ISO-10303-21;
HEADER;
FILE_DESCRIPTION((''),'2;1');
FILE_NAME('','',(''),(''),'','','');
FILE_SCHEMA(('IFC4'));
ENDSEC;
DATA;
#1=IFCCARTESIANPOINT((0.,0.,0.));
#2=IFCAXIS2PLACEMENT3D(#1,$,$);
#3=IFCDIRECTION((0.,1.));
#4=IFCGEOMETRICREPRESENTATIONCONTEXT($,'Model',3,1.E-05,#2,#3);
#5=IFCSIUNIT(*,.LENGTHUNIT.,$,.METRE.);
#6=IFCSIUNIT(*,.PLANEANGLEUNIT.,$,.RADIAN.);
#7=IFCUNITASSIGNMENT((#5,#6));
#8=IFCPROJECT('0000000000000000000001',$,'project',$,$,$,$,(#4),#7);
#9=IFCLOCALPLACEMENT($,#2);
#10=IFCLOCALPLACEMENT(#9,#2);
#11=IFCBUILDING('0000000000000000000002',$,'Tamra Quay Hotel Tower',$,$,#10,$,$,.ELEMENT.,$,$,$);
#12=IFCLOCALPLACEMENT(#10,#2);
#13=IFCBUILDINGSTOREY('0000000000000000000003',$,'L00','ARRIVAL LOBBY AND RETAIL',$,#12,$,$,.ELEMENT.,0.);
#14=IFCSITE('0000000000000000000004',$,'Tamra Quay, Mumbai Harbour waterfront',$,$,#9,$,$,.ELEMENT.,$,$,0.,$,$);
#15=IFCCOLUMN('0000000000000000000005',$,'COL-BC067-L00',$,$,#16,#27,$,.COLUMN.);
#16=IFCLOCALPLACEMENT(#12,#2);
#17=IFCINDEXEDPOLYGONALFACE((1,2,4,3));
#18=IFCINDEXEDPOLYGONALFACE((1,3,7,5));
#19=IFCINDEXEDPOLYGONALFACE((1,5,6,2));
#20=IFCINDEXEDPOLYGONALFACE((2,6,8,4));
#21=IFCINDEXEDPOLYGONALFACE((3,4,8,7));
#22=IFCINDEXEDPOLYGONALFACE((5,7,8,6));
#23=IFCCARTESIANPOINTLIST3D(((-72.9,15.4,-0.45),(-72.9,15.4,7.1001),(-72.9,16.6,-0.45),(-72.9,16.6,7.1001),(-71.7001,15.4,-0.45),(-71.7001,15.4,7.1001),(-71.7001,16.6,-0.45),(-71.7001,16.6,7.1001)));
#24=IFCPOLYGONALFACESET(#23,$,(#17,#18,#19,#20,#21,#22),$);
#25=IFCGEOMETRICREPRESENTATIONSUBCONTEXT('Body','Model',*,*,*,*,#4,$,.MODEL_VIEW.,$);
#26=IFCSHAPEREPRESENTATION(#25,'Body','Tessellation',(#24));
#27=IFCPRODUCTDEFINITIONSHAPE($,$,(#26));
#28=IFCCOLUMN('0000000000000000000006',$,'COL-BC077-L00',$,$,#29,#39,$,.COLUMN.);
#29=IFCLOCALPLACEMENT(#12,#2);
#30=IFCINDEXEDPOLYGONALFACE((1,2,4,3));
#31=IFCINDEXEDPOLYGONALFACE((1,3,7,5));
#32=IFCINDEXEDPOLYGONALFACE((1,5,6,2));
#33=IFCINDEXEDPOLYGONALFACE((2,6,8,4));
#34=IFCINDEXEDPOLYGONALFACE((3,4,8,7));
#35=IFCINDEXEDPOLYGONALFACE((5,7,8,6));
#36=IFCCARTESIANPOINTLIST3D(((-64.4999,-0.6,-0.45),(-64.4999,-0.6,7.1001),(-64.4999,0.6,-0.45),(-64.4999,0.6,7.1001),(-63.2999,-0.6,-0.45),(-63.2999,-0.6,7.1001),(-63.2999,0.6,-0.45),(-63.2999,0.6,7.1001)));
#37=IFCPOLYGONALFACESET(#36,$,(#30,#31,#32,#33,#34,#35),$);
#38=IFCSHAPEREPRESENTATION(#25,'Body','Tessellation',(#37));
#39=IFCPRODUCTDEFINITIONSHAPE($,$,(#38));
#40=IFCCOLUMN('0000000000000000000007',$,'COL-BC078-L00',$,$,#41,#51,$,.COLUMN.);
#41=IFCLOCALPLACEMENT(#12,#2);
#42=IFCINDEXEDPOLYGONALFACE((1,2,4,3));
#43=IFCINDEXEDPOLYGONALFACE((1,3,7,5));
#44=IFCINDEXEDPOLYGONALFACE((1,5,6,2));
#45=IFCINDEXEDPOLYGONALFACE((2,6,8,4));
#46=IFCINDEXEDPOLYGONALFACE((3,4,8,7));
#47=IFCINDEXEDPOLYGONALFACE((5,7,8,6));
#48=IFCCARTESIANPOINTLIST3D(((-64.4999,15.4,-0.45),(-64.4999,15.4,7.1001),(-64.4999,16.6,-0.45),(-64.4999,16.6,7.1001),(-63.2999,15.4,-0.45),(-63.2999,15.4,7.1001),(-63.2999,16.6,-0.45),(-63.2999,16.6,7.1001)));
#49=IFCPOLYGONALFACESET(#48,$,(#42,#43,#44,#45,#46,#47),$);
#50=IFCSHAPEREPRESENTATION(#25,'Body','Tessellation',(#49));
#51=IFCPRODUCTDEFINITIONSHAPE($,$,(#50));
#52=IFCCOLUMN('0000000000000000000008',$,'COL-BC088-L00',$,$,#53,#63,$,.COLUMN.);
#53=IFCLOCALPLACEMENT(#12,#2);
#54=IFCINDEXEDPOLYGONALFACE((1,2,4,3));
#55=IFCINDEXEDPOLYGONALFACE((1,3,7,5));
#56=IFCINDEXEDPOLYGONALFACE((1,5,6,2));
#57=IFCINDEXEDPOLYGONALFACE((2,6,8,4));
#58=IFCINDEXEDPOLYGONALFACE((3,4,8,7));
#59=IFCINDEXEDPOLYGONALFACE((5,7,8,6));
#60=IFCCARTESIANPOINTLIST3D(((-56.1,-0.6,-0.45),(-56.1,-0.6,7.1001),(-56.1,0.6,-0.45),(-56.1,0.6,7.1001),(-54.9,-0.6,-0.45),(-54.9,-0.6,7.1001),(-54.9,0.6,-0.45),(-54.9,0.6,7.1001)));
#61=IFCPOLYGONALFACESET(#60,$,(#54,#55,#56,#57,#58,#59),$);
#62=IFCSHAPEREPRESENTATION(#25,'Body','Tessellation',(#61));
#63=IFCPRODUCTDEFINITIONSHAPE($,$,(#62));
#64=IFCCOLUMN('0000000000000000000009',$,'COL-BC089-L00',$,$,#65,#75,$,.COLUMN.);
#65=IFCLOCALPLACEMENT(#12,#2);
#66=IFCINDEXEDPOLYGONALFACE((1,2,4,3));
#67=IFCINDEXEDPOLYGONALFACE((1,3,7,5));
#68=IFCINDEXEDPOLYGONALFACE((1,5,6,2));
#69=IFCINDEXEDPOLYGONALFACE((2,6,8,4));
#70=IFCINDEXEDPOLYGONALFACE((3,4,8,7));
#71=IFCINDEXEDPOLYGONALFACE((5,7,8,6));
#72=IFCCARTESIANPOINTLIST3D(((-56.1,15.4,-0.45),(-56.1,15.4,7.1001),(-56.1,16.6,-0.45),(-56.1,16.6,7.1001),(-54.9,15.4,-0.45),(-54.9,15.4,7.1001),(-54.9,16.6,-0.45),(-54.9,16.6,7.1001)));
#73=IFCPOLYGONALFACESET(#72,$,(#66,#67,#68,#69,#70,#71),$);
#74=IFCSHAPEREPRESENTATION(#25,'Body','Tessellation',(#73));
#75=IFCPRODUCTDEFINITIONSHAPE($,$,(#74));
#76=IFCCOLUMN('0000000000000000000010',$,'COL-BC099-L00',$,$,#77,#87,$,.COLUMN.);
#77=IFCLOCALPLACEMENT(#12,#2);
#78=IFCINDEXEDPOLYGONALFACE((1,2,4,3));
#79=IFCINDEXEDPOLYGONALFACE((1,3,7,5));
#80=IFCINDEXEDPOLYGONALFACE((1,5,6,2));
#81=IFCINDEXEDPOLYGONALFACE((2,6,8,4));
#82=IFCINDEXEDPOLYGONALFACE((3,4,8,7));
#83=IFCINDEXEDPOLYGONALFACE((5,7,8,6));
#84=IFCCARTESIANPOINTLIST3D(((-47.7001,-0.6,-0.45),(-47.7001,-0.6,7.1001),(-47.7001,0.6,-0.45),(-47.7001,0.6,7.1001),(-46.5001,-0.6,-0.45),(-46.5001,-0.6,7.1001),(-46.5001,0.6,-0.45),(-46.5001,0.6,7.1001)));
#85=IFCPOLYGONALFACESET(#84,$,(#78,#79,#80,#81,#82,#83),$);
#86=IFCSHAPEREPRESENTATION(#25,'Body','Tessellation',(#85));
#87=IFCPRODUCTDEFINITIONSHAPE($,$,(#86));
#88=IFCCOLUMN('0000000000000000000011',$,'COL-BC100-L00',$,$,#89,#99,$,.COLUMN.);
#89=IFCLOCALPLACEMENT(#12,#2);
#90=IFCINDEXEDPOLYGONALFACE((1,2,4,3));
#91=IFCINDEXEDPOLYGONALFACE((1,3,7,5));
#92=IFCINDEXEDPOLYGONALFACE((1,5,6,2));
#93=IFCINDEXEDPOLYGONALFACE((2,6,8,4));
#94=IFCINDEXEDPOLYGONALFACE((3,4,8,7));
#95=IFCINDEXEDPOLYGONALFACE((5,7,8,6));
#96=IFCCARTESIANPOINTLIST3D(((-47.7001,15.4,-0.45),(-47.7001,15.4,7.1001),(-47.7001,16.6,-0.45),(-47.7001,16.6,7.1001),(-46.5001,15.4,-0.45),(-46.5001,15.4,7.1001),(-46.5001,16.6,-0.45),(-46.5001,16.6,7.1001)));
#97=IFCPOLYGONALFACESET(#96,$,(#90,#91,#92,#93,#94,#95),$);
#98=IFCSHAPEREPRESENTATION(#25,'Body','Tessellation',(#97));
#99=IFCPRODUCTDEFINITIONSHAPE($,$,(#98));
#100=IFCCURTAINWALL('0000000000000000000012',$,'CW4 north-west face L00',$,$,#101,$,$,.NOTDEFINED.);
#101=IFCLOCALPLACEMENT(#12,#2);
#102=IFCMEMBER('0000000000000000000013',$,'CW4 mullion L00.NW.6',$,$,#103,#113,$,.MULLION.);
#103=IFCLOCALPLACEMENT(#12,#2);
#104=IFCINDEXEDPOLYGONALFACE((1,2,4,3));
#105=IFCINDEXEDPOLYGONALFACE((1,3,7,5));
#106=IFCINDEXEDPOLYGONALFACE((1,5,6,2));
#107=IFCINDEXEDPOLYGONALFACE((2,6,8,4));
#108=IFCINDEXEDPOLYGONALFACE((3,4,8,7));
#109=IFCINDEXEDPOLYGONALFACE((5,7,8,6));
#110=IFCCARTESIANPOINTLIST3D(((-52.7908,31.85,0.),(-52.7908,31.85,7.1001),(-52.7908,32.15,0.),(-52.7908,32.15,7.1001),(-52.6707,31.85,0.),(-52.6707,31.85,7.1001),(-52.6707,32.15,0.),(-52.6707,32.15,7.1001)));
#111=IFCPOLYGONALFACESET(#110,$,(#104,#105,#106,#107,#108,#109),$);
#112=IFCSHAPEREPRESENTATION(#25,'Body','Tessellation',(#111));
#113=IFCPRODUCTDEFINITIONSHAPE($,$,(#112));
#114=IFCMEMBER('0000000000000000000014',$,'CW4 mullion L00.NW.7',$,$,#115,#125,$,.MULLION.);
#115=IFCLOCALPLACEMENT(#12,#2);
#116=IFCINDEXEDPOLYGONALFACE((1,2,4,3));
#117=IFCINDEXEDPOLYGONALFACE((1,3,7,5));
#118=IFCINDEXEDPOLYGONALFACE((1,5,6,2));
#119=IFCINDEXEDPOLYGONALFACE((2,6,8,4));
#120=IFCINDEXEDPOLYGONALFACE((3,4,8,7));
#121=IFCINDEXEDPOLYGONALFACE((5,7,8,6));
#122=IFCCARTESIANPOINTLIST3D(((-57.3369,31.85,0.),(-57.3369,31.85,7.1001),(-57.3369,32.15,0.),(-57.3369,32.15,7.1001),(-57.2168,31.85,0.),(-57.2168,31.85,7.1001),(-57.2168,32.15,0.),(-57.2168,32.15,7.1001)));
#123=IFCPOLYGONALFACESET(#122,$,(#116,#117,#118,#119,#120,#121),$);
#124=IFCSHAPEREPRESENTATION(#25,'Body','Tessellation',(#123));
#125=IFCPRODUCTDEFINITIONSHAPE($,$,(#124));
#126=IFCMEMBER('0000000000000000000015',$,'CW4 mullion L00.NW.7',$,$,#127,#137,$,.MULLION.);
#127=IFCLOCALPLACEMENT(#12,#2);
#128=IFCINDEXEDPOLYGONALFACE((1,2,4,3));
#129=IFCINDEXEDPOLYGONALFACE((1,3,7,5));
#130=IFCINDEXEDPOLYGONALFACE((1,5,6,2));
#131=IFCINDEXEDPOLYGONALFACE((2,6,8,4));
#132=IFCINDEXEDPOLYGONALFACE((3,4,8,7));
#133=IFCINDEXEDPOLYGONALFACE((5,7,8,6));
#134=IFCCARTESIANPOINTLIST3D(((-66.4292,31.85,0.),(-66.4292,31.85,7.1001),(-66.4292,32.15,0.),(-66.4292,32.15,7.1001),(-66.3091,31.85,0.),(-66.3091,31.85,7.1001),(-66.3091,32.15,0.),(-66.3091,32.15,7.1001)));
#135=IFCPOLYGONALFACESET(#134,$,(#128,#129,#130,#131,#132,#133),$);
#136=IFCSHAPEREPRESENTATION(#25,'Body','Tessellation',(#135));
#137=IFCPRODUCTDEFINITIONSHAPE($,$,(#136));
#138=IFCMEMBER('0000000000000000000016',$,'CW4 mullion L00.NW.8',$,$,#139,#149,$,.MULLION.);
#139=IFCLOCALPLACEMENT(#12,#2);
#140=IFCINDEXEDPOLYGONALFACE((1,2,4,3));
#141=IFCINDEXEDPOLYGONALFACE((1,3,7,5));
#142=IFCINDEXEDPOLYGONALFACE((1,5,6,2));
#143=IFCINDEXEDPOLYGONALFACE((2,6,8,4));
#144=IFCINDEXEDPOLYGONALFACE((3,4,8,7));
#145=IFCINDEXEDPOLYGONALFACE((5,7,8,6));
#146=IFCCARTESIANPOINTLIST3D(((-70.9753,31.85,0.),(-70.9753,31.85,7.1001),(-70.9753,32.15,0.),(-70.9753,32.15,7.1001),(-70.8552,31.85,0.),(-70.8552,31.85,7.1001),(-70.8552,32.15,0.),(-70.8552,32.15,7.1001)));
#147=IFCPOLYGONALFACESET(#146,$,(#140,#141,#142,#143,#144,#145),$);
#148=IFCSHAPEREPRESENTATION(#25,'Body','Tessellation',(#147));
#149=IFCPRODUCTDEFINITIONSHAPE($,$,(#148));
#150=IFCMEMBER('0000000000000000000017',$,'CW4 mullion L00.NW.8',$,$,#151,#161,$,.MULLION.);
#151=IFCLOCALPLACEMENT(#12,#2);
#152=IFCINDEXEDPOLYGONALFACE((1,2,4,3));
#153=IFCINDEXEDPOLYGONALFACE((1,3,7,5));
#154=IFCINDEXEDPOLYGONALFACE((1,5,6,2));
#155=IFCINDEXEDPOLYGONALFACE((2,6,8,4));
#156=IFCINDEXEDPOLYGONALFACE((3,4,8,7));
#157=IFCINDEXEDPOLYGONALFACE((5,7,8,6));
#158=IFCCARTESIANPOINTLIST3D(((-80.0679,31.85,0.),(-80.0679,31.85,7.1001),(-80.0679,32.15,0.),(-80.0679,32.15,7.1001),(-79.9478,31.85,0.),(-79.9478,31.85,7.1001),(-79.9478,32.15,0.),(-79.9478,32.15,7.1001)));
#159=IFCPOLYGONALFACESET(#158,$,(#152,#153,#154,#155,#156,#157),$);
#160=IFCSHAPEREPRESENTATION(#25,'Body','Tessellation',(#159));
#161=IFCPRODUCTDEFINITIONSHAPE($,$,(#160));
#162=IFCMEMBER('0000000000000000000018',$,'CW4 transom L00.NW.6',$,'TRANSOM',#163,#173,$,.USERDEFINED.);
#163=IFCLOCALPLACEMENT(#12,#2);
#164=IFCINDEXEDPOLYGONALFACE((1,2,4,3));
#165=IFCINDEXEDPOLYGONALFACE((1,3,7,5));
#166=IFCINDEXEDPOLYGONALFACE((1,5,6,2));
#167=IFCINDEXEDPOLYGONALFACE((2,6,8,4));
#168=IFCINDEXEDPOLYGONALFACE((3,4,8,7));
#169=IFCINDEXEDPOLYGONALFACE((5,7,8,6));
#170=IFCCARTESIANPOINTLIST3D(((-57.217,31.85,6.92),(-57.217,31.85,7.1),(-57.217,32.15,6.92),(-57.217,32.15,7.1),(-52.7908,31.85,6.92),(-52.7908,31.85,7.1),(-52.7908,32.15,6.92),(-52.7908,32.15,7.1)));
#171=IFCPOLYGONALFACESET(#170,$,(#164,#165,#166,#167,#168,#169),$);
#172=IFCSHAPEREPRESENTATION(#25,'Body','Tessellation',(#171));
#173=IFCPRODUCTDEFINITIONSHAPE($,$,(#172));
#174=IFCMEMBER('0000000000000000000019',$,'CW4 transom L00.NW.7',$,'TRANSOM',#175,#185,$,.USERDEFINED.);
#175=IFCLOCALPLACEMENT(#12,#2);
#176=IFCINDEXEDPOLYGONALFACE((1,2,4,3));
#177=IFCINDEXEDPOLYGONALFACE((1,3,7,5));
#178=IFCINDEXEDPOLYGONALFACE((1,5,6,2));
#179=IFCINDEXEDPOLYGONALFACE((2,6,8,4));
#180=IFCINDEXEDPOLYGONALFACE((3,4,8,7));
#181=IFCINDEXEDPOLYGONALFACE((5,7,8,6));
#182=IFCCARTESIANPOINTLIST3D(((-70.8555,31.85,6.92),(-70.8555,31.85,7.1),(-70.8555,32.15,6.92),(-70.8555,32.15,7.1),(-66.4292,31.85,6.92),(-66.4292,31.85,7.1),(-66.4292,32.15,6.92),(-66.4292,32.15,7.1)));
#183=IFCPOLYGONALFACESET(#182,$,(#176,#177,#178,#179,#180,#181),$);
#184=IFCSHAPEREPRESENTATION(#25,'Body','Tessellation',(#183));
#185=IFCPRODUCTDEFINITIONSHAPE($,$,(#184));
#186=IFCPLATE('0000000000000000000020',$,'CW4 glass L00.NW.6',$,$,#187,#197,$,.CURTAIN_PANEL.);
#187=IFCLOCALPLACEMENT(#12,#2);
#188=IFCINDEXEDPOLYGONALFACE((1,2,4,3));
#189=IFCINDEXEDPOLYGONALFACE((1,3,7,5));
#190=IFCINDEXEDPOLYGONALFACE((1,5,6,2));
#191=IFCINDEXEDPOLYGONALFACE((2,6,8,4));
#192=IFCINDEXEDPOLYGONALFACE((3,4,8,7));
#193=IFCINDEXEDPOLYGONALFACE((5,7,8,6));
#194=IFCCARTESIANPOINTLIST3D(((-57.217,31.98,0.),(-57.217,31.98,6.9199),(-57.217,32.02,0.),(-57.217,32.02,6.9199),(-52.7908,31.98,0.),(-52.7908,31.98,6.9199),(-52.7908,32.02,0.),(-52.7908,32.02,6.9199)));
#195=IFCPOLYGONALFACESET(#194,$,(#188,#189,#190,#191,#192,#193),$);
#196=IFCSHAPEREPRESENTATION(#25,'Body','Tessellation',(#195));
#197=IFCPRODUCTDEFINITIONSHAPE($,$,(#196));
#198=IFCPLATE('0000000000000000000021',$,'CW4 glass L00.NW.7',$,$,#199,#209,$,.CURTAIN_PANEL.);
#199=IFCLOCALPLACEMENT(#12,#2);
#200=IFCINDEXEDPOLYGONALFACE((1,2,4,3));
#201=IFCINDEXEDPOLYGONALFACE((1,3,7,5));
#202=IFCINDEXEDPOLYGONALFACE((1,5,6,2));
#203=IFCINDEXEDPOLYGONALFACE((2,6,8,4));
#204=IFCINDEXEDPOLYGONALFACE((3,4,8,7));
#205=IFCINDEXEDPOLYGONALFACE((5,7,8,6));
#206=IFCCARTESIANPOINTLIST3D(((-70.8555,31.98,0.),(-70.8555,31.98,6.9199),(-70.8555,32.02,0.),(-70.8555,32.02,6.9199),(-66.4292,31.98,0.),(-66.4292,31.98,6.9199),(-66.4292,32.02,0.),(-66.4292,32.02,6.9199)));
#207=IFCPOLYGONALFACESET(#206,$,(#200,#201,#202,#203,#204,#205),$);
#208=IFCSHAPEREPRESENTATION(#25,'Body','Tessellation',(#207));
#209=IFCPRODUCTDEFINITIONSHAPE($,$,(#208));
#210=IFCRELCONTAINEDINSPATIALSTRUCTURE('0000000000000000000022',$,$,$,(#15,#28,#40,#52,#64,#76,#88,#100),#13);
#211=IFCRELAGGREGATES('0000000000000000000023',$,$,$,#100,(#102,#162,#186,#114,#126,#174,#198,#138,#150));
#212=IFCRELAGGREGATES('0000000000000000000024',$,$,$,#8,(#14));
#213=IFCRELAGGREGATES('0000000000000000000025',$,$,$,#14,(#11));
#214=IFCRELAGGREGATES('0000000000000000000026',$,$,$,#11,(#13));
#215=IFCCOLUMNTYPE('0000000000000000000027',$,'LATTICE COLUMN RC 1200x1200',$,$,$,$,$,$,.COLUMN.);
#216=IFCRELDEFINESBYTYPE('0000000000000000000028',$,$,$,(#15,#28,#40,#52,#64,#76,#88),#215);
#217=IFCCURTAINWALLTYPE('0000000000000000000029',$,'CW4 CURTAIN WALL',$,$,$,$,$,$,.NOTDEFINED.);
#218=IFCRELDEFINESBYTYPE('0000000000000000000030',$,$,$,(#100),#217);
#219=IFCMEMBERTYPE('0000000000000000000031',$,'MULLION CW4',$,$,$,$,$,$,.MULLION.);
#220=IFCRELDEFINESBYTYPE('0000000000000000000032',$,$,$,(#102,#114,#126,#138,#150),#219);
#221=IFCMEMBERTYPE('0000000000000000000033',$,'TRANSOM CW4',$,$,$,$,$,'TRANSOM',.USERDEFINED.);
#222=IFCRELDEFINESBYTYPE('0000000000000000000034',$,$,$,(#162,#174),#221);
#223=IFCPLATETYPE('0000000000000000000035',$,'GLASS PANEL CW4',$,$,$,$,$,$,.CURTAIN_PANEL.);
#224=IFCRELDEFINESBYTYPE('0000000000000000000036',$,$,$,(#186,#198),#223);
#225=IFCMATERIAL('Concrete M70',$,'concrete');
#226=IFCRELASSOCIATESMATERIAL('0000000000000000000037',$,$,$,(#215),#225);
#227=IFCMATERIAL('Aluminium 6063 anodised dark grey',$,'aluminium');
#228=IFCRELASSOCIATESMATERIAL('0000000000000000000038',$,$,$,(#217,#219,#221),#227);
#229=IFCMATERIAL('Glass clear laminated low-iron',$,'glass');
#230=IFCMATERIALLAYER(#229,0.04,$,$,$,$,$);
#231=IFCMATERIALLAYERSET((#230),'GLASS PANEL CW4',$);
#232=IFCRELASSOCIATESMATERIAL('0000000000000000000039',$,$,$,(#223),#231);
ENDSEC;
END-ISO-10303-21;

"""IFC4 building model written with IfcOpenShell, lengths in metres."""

from ifc_helpers import new_model, si_unit, direction, frame, origin, origin_2d, place, context, subcontext, project, spatial, rectangle, extrude, material, layer, layer_set, material_profile, profile_set, type_object, element, aggregate, save


model = new_model("IFC4")

# Units and contexts
model_context = context("Model", 3, precision=1e-05, world=origin(), true_north=direction((0.0, 1.0)))
body_context = subcontext(model_context, "Body", "Model", "MODEL_VIEW")
ifc_project = project(units=[si_unit("LENGTHUNIT", "METRE"), si_unit("PLANEANGLEUNIT", "RADIAN")], contexts=[model_context])

# Site, building, storey
site_placement = place(None, origin())
site = spatial("IfcSite", under=ifc_project, at=site_placement, Name="Tamra Quay, Mumbai Harbour waterfront", CompositionType="ELEMENT", RefElevation=0.0)
building_placement = place(site_placement, origin())
building = spatial("IfcBuilding", under=site, at=building_placement, Name="Tamra Quay Hotel Tower", CompositionType="ELEMENT")
storey_placement = place(building_placement, origin())
storey = spatial("IfcBuildingStorey", under=building, at=storey_placement, Name="L00", Description="ARRIVAL LOBBY AND RETAIL", CompositionType="ELEMENT", Elevation=0.0)

# Columns
ifc_material_1 = material(Name="Concrete M70", Category="concrete")
ifc_material_profile_1 = material_profile(ifc_material_1, rectangle(XDim=1.2, YDim=1.2, at=origin_2d()), Name="LATTICE COLUMN RC 1200x1200")
ifc_profile_set_1 = profile_set([ifc_material_profile_1], Name="Concrete M70")
column_type = type_object("IfcColumnType", Name="LATTICE COLUMN RC 1200x1200", PredefinedType="COLUMN", material=ifc_profile_set_1)
for number, where, z_axis, x_axis, name in (
    (1, (-72.3, 16.0, -0.45), (0.0, 0.0, 1.0), (1.0, 0.0, 0.0), "COL-BC067-L00"),
    (2, (-63.8999, 0.0, -0.45), (0.0, 0.0, 1.0), (1.0, 0.0, 0.0), "COL-BC077-L00"),
    (3, (-63.8999, 16.0, -0.45), (0.0, 0.0, 1.0), (1.0, 0.0, 0.0), "COL-BC078-L00"),
    (4, (-55.5, 0.0, -0.45), (0.0, 0.0, 1.0), (1.0, 0.0, 0.0), "COL-BC088-L00"),
    (5, (-55.5, 16.0, -0.45), (0.0, 0.0, 1.0), (1.0, 0.0, 0.0), "COL-BC089-L00"),
    (6, (-47.1001, 0.0, -0.45), (0.0, 0.0, 1.0), (1.0, 0.0, 0.0), "COL-BC099-L00"),
    (7, (-47.1001, 16.0, -0.45), (0.0, 0.0, 1.0), (1.0, 0.0, 0.0), "COL-BC100-L00"),
):
    element("IfcColumn", number, at=place(storey_placement, frame(where, z_axis=z_axis, x_axis=x_axis)), inside=storey, type_object=column_type, Name=name, PredefinedType="COLUMN", context=body_context, shape_type="SweptSolid", body=[
        extrude(rectangle(XDim=1.2, YDim=1.2, at=origin_2d()), origin(), (0.0, 0.0, 1.0), 7.55),
    ])

# Curtain wall, members, plates
ifc_material_2 = material(Name="Aluminium 6063 anodised dark grey", Category="aluminium")
curtain_wall_type = type_object("IfcCurtainWallType", Name="CW4 CURTAIN WALL", PredefinedType="NOTDEFINED", material=ifc_material_2)
curtain_wall_placement = place(storey_placement, origin())
curtain_wall = element("IfcCurtainWall", 8, at=curtain_wall_placement, inside=storey, type_object=curtain_wall_type, Name="CW4 north-west face L00", PredefinedType="NOTDEFINED")
ifc_material_profile_2 = material_profile(ifc_material_2, rectangle(XDim=0.3, YDim=0.1201, at=origin_2d()), Name="MULLION 120X300")
ifc_profile_set_2 = profile_set([ifc_material_profile_2], Name="Aluminium 6063 anodised dark grey")
member_type_1 = type_object("IfcMemberType", Name="MULLION CW4", PredefinedType="MULLION", material=ifc_profile_set_2)
member_1_placement = place(storey_placement, frame((-52.7307, 32.0, 0.0), z_axis=(0.0, 0.0, 1.0), x_axis=(0.0, 1.0, 0.0)))
member_1 = element("IfcMember", 9, at=member_1_placement, type_object=member_type_1, Name="CW4 mullion L00.NW.6", PredefinedType="MULLION", context=body_context, shape_type="SweptSolid", body=[
    extrude(rectangle(XDim=0.3, YDim=0.1201, at=origin_2d()), origin(), (0.0, 0.0, 1.0), 7.1001),
])
member_2_placement = place(storey_placement, frame((-57.2769, 32.0, 0.0), z_axis=(0.0, 0.0, 1.0), x_axis=(0.0, 1.0, 0.0)))
member_2 = element("IfcMember", 10, at=member_2_placement, type_object=member_type_1, Name="CW4 mullion L00.NW.7", PredefinedType="MULLION", context=body_context, shape_type="SweptSolid", body=[
    extrude(rectangle(XDim=0.3, YDim=0.1201, at=origin_2d()), origin(), (0.0, 0.0, 1.0), 7.1001),
])
member_3_placement = place(storey_placement, frame((-66.3691, 32.0, 0.0), z_axis=(0.0, 0.0, 1.0), x_axis=(0.0, 1.0, 0.0)))
member_3 = element("IfcMember", 11, at=member_3_placement, type_object=member_type_1, Name="CW4 mullion L00.NW.7", PredefinedType="MULLION", context=body_context, shape_type="SweptSolid", body=[
    extrude(rectangle(XDim=0.3, YDim=0.1201, at=origin_2d()), origin(), (0.0, 0.0, 1.0), 7.1001),
])
member_4_placement = place(storey_placement, frame((-70.9153, 32.0, 0.0), z_axis=(0.0, 0.0, 1.0), x_axis=(0.0, 1.0, 0.0)))
member_4 = element("IfcMember", 12, at=member_4_placement, type_object=member_type_1, Name="CW4 mullion L00.NW.8", PredefinedType="MULLION", context=body_context, shape_type="SweptSolid", body=[
    extrude(rectangle(XDim=0.3, YDim=0.1201, at=origin_2d()), origin(), (0.0, 0.0, 1.0), 7.1001),
])
member_5_placement = place(storey_placement, frame((-80.0078, 32.0, 0.0), z_axis=(0.0, 0.0, 1.0), x_axis=(0.0, 1.0, 0.0)))
member_5 = element("IfcMember", 13, at=member_5_placement, type_object=member_type_1, Name="CW4 mullion L00.NW.8", PredefinedType="MULLION", context=body_context, shape_type="SweptSolid", body=[
    extrude(rectangle(XDim=0.3, YDim=0.1201, at=origin_2d()), origin(), (0.0, 0.0, 1.0), 7.1001),
])
ifc_material_profile_3 = material_profile(ifc_material_2, rectangle(XDim=0.3, YDim=0.1799, at=origin_2d()), Name="TRANSOM 300X180")
ifc_profile_set_3 = profile_set([ifc_material_profile_3], Name="Aluminium 6063 anodised dark grey")
member_type_2 = type_object("IfcMemberType", Name="TRANSOM CW4", ElementType="TRANSOM", PredefinedType="USERDEFINED", material=ifc_profile_set_3)
member_6_placement = place(storey_placement, frame((-52.7908, 32.0, 7.01), z_axis=(-1.0, 0.0, 0.0), x_axis=(0.0, -1.0, 0.0)))
member_6 = element("IfcMember", 14, at=member_6_placement, type_object=member_type_2, Name="CW4 transom L00.NW.6", ObjectType="TRANSOM", PredefinedType="USERDEFINED", context=body_context, shape_type="SweptSolid", body=[
    extrude(rectangle(XDim=0.3, YDim=0.1799, at=origin_2d()), origin(), (0.0, 0.0, 1.0), 4.4263),
])
member_7_placement = place(storey_placement, frame((-66.4292, 32.0, 7.01), z_axis=(-1.0, 0.0, 0.0), x_axis=(0.0, -1.0, 0.0)))
member_7 = element("IfcMember", 15, at=member_7_placement, type_object=member_type_2, Name="CW4 transom L00.NW.7", ObjectType="TRANSOM", PredefinedType="USERDEFINED", context=body_context, shape_type="SweptSolid", body=[
    extrude(rectangle(XDim=0.3, YDim=0.1799, at=origin_2d()), origin(), (0.0, 0.0, 1.0), 4.4263),
])
ifc_material_3 = material(Name="Glass clear laminated low-iron", Category="glass")
ifc_layer_1 = layer(ifc_material_3, 0.04)
ifc_layer_set_1 = layer_set([ifc_layer_1], Name="GLASS PANEL CW4")
plate_type = type_object("IfcPlateType", Name="GLASS PANEL CW4", PredefinedType="CURTAIN_PANEL", material=ifc_layer_set_1)
plate_1_placement = place(storey_placement, frame((-55.0039, 32.0, 0.0), z_axis=(0.0, 0.0, 1.0), x_axis=(-1.0, 0.0, 0.0)))
plate_1 = element("IfcPlate", 16, at=plate_1_placement, type_object=plate_type, Name="CW4 glass L00.NW.6", PredefinedType="CURTAIN_PANEL", context=body_context, shape_type="SweptSolid", body=[
    extrude(rectangle(XDim=4.4263, YDim=0.04, at=origin_2d()), origin(), (0.0, 0.0, 1.0), 6.9199),
])
plate_2_placement = place(storey_placement, frame((-68.6423, 32.0, 0.0), z_axis=(0.0, 0.0, 1.0), x_axis=(-1.0, 0.0, 0.0)))
plate_2 = element("IfcPlate", 17, at=plate_2_placement, type_object=plate_type, Name="CW4 glass L00.NW.7", PredefinedType="CURTAIN_PANEL", context=body_context, shape_type="SweptSolid", body=[
    extrude(rectangle(XDim=4.4263, YDim=0.04, at=origin_2d()), origin(), (0.0, 0.0, 1.0), 6.9199),
])
aggregate(curtain_wall, [member_1, member_6, plate_1, member_2, member_3, member_7, plate_2, member_4, member_5])

save(model, "model.ifc")
